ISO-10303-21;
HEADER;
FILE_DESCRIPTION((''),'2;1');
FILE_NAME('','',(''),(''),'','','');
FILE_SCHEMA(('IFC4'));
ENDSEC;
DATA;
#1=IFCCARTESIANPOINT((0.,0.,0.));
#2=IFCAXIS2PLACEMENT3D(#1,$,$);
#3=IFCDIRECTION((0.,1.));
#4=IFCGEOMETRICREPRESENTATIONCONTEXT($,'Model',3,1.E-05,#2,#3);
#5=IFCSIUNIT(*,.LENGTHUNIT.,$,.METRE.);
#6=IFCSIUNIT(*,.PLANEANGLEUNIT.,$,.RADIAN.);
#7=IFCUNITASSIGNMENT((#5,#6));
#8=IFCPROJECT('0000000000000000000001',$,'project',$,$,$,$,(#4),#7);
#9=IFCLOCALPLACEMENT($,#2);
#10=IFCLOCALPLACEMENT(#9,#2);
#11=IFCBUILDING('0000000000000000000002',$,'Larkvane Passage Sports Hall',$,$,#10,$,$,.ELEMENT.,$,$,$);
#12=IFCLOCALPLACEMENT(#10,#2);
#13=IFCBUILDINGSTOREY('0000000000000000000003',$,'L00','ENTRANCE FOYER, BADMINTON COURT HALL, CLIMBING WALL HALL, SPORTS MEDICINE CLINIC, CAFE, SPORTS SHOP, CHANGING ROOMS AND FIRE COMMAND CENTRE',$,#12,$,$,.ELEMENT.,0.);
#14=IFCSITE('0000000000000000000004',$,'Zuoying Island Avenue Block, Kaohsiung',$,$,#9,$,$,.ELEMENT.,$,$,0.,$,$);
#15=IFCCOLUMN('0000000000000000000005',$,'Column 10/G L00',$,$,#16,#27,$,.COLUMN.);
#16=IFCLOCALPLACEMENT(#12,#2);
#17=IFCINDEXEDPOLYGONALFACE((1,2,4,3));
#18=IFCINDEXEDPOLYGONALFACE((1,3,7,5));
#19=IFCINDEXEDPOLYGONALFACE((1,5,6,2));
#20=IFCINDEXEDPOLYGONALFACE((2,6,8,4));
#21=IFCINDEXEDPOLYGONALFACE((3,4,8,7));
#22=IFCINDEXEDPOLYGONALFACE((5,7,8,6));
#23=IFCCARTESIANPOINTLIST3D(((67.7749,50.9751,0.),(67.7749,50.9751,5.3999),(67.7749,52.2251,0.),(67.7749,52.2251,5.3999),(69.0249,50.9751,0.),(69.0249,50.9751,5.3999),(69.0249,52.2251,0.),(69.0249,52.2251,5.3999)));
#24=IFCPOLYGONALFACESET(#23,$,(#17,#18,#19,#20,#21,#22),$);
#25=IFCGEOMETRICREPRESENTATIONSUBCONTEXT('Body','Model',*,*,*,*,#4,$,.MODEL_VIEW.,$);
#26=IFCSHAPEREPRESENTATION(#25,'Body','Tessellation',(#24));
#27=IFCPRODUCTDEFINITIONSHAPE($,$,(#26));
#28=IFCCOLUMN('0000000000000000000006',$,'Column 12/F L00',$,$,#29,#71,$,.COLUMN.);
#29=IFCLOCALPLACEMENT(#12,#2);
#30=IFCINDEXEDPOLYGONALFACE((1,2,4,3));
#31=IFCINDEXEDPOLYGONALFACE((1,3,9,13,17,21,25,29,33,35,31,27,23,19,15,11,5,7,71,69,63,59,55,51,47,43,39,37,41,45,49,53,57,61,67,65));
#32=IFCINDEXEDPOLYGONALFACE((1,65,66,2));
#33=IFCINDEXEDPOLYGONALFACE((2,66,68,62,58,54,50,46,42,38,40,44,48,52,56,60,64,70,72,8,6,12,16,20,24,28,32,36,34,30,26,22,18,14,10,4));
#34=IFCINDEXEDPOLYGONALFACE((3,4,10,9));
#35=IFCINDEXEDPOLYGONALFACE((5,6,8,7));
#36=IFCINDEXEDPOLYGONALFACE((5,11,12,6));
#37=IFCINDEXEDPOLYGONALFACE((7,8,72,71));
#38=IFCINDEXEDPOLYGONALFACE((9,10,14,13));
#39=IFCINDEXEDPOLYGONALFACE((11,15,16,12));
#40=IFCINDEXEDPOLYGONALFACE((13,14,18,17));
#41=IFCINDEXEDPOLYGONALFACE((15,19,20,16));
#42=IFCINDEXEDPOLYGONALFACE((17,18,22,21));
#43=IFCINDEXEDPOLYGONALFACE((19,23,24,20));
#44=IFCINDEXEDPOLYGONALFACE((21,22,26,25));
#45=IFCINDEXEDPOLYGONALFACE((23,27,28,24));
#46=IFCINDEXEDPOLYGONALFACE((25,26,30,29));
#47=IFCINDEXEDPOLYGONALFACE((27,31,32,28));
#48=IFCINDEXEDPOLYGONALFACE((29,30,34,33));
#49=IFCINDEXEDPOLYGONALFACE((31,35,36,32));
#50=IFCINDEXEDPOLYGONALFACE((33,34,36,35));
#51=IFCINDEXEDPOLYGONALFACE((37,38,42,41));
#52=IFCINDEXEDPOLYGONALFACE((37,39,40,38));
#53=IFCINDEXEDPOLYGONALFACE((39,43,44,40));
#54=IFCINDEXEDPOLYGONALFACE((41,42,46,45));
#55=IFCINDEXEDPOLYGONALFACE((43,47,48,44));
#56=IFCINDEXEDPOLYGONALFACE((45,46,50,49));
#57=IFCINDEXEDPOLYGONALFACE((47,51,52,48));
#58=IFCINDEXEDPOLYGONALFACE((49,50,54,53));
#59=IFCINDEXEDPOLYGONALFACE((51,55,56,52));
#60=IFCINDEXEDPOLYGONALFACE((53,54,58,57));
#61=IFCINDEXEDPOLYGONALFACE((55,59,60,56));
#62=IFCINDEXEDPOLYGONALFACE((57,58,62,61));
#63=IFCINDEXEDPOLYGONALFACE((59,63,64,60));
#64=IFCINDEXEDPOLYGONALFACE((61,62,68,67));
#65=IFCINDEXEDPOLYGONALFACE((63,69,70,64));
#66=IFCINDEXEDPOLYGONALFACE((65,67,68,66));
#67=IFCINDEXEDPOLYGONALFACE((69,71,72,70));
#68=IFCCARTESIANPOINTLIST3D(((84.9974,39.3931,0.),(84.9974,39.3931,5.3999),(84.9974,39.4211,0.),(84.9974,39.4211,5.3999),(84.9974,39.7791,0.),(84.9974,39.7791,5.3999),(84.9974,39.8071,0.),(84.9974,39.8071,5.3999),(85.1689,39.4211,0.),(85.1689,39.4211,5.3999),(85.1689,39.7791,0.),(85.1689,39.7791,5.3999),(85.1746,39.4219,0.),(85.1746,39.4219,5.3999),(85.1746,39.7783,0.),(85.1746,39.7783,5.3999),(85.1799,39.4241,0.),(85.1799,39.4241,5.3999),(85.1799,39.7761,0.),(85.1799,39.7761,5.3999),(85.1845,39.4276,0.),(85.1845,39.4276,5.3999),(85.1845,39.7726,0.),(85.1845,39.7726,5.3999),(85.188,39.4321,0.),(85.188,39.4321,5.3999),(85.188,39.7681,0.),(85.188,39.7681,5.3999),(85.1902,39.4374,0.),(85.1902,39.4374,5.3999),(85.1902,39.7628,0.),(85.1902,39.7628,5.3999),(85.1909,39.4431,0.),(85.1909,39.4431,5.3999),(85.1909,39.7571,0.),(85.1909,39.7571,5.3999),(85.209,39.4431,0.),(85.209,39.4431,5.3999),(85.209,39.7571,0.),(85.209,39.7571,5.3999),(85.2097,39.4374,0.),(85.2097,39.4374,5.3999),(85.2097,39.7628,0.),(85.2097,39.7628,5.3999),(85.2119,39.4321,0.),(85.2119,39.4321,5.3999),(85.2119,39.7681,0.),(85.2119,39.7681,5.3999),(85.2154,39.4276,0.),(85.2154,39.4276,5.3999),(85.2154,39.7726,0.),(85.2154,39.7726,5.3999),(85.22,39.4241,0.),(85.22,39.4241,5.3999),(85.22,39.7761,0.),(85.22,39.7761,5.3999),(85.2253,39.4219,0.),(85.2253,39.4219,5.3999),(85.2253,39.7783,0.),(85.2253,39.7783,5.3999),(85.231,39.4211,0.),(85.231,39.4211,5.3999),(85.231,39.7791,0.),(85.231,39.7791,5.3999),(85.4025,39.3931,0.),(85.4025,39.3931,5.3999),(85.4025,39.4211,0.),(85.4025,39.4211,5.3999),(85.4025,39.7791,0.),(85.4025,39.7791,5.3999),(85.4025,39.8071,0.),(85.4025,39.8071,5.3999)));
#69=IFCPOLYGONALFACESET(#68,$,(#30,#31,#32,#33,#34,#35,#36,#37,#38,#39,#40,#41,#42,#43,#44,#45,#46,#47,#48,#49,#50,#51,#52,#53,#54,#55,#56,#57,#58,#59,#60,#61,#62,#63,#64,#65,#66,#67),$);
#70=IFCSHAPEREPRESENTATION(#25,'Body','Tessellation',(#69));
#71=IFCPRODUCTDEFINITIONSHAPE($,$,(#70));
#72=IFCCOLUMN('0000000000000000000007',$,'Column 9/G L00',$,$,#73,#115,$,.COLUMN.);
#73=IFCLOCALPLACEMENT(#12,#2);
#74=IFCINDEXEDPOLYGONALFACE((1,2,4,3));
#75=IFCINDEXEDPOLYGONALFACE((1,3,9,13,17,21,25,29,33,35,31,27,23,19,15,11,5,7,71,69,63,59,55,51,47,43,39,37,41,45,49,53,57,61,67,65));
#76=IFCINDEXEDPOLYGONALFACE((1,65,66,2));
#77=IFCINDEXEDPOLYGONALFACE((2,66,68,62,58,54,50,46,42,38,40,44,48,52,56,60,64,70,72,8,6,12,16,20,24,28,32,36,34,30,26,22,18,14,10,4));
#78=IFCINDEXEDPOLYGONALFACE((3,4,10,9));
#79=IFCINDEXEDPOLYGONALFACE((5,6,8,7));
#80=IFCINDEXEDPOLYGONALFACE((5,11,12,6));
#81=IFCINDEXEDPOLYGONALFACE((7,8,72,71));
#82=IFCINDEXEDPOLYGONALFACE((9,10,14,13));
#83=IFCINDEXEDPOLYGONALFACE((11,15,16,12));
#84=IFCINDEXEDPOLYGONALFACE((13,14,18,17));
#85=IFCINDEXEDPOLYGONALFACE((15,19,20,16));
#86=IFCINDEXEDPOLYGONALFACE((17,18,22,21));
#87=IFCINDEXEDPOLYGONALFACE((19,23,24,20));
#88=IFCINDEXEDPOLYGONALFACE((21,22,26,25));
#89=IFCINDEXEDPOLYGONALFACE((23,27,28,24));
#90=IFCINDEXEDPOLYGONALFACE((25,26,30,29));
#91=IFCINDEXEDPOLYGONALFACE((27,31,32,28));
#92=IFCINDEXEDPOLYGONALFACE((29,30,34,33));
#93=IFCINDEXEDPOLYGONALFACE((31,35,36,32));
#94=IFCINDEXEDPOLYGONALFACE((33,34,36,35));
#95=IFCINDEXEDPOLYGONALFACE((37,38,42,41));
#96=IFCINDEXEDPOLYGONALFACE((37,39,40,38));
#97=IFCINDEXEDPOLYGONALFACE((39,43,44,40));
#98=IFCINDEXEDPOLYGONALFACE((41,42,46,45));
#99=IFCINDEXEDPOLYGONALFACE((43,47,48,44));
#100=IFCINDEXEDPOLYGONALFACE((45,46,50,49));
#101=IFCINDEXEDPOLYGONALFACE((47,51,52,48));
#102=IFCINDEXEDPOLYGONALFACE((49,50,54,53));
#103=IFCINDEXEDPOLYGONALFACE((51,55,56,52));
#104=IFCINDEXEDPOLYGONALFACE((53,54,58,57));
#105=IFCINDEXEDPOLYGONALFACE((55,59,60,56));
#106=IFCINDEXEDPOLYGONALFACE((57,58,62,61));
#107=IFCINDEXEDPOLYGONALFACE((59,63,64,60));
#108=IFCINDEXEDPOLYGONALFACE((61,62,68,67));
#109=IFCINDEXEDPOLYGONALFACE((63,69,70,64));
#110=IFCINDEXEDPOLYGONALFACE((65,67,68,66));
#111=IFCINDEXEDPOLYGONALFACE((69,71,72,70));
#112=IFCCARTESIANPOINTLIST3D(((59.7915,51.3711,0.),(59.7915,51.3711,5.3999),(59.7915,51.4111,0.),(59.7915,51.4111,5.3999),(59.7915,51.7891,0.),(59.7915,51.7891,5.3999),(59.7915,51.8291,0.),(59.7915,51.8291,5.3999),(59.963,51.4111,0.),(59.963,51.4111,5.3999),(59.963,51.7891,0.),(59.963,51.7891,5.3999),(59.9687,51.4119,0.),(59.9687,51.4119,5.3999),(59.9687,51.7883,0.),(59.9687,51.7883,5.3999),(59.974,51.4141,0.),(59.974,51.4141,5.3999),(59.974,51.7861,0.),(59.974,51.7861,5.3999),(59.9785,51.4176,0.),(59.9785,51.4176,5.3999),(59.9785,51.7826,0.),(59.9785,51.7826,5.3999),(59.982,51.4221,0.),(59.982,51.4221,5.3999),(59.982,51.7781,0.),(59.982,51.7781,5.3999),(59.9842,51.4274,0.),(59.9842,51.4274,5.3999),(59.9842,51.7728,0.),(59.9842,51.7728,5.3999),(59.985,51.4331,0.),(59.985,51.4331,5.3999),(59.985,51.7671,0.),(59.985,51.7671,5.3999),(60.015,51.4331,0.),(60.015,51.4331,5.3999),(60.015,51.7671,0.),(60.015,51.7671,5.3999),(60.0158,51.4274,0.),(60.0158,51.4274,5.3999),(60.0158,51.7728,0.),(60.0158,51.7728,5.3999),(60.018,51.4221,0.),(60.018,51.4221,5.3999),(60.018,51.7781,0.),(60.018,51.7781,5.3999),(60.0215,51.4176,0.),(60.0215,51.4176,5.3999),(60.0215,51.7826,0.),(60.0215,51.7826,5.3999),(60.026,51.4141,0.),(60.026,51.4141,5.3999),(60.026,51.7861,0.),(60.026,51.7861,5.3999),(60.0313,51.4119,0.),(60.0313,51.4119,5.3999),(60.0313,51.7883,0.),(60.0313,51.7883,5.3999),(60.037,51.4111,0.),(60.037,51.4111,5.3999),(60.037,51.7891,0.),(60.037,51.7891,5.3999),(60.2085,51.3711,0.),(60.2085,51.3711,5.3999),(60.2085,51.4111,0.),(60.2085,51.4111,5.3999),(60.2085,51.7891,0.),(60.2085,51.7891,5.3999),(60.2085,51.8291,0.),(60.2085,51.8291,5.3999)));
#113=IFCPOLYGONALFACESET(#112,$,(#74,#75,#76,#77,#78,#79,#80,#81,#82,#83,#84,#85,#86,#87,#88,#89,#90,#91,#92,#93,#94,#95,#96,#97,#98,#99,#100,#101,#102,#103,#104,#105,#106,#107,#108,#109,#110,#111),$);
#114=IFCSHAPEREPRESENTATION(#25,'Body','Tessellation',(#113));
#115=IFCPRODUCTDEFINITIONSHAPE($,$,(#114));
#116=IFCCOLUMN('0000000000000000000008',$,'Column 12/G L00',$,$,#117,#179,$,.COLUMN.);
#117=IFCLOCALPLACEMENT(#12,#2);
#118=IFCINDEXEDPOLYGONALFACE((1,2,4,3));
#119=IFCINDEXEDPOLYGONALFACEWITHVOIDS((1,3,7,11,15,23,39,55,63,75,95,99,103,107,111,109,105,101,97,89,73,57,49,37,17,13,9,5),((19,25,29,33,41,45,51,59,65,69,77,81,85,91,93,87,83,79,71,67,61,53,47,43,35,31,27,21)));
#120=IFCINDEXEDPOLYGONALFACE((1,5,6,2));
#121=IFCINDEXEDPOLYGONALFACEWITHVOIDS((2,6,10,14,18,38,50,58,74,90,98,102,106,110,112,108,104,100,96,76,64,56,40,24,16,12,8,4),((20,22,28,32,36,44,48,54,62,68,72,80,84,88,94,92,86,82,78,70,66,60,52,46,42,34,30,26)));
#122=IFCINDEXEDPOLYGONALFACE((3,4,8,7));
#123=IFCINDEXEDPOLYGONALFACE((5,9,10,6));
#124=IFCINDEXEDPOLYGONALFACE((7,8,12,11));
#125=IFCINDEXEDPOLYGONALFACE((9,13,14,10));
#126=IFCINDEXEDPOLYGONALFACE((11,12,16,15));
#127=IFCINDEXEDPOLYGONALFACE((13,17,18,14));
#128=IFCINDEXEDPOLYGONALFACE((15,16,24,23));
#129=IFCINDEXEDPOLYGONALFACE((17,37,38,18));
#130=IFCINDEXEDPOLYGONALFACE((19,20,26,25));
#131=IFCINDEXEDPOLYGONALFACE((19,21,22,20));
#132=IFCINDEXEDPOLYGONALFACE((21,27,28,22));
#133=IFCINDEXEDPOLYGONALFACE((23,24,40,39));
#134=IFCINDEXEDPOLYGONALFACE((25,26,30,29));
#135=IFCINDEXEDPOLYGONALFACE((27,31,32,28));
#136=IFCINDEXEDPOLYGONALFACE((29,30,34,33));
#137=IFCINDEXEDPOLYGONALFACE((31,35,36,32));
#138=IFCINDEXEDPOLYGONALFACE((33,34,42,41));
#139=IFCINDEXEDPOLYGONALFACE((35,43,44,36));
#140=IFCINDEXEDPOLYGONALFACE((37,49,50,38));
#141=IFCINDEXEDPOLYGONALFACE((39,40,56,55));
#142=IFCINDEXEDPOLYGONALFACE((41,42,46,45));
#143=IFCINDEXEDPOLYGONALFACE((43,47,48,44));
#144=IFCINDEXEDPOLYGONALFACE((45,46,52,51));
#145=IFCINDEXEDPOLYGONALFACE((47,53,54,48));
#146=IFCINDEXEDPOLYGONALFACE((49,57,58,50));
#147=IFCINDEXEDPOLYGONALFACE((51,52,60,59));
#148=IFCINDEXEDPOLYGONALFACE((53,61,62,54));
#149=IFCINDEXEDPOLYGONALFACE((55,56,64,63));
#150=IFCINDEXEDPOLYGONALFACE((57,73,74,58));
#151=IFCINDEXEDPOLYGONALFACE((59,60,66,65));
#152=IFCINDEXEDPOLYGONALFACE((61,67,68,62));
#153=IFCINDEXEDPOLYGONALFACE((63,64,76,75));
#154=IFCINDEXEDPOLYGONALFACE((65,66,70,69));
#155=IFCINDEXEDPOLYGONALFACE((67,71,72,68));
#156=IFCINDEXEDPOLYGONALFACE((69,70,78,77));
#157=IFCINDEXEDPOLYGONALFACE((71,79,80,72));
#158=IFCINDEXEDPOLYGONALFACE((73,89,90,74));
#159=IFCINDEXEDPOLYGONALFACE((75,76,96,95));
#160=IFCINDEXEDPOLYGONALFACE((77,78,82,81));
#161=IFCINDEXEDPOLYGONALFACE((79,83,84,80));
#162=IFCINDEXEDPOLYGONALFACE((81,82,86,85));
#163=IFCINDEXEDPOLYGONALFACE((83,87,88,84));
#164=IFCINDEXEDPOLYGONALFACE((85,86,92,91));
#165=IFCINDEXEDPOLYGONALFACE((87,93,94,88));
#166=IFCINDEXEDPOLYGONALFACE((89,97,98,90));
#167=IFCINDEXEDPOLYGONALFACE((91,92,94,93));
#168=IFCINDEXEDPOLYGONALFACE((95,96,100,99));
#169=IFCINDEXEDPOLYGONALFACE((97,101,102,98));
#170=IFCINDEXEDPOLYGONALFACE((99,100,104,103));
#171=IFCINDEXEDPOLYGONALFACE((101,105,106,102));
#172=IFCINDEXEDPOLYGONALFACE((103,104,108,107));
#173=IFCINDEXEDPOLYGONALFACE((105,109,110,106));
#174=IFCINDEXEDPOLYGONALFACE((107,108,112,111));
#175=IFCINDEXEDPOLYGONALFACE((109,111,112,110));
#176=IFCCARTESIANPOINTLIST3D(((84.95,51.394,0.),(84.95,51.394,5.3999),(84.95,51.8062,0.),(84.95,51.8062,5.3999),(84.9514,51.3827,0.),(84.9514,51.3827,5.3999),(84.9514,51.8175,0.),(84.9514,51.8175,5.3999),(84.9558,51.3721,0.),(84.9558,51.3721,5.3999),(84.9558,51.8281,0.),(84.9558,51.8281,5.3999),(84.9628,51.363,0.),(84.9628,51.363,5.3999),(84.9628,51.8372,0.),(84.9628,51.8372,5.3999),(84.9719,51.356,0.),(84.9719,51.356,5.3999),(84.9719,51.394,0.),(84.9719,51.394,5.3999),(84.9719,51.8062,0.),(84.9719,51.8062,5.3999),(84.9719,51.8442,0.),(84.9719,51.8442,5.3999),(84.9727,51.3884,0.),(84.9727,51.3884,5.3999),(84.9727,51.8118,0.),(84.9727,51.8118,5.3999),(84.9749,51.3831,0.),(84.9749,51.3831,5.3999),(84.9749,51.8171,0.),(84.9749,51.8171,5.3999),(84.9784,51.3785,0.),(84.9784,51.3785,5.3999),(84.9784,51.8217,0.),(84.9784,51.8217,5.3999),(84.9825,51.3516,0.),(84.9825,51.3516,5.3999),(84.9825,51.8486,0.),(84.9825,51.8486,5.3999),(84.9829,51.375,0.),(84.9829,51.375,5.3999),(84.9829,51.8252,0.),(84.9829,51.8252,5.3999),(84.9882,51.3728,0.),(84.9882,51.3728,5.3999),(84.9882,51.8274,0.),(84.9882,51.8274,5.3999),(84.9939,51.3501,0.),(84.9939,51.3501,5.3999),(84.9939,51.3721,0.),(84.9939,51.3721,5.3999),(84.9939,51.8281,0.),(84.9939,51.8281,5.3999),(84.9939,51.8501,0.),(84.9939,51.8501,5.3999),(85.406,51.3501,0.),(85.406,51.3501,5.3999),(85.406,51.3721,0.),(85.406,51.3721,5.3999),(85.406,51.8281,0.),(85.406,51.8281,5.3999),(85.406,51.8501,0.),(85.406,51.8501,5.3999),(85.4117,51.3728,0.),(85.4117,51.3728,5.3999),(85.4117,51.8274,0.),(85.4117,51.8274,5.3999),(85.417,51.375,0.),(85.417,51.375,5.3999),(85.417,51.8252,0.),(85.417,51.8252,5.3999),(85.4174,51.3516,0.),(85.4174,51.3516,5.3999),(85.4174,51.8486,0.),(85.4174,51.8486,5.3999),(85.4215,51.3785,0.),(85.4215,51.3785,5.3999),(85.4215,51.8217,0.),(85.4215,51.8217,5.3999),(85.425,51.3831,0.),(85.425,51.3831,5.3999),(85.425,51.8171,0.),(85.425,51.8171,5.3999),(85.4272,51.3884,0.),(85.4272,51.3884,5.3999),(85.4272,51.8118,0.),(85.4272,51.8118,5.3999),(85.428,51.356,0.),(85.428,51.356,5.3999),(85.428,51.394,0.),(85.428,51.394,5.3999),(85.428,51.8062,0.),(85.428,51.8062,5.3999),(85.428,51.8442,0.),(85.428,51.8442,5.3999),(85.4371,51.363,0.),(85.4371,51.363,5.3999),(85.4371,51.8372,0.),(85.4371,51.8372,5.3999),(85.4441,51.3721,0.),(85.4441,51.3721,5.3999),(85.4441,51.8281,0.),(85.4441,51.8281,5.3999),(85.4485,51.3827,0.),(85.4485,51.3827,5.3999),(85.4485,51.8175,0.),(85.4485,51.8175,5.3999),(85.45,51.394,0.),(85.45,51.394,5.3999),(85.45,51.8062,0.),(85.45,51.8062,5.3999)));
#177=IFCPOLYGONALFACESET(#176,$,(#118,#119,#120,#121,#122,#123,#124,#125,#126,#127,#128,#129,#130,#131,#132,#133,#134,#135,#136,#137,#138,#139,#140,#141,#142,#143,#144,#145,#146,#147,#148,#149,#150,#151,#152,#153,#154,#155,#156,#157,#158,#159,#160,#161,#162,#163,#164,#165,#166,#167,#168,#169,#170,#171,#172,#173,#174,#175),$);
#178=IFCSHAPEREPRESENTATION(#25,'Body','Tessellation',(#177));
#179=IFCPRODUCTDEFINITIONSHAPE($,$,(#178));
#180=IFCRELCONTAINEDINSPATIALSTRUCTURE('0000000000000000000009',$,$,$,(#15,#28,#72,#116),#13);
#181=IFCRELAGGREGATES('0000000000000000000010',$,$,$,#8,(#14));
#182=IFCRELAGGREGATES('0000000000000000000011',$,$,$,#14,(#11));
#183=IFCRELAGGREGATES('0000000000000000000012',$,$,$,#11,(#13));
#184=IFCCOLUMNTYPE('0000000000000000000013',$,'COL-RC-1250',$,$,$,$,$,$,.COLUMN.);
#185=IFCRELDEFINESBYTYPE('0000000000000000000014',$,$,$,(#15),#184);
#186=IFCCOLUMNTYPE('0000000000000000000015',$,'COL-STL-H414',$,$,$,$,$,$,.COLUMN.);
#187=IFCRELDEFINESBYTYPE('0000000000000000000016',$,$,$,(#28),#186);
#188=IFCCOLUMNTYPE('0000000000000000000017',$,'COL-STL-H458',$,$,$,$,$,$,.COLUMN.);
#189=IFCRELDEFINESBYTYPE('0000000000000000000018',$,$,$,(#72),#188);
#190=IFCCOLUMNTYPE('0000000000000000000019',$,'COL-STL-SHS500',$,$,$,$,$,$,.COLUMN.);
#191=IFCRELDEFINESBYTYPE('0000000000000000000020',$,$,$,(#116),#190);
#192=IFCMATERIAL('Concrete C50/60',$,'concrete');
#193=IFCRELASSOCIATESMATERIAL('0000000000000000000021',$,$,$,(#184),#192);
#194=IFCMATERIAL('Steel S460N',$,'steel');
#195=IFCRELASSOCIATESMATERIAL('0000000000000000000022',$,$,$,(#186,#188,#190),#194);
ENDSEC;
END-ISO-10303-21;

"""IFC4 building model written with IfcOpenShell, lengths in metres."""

from ifc_helpers import new_model, si_unit, direction, frame, origin, origin_2d, place, context, subcontext, project, spatial, rectangle, hollow_rectangle, i_section, extrude, material, material_profile, profile_set, type_object, element, save


model = new_model("IFC4")

# Units and contexts
model_context = context("Model", 3, precision=1e-05, world=origin(), true_north=direction((0.0, 1.0)))
body_context = subcontext(model_context, "Body", "Model", "MODEL_VIEW")
ifc_project = project(units=[si_unit("LENGTHUNIT", "METRE"), si_unit("PLANEANGLEUNIT", "RADIAN")], contexts=[model_context])

# Site, building, storey
site_placement = place(None, origin())
site = spatial("IfcSite", under=ifc_project, at=site_placement, Name="Zuoying Island Avenue Block, Kaohsiung", CompositionType="ELEMENT", RefElevation=0.0)
building_placement = place(site_placement, origin())
building = spatial("IfcBuilding", under=site, at=building_placement, Name="Larkvane Passage Sports Hall", CompositionType="ELEMENT")
storey_placement = place(building_placement, origin())
storey = spatial("IfcBuildingStorey", under=building, at=storey_placement, Name="L00", Description="ENTRANCE FOYER, BADMINTON COURT HALL, CLIMBING WALL HALL, SPORTS MEDICINE CLINIC, CAFE, SPORTS SHOP, CHANGING ROOMS AND FIRE COMMAND CENTRE", CompositionType="ELEMENT", Elevation=0.0)

# Columns
ifc_material_1 = material(Name="Concrete C50/60", Category="concrete")
ifc_material_profile_1 = material_profile(ifc_material_1, rectangle(XDim=1.25, YDim=1.25, at=origin_2d()), Name="RC-COL-1250x1250")
ifc_profile_set_1 = profile_set([ifc_material_profile_1], Name="Concrete C50/60")
column_type_1 = type_object("IfcColumnType", Name="COL-RC-1250", PredefinedType="COLUMN", material=ifc_profile_set_1)
column_1_placement = place(storey_placement, frame((68.3999, 51.6001, 0.0), z_axis=(0.0, 0.0, 1.0), x_axis=(1.0, 0.0, 0.0)))
element("IfcColumn", 1, at=column_1_placement, inside=storey, type_object=column_type_1, Name="Column 10/G L00", PredefinedType="COLUMN", context=body_context, shape_type="SweptSolid", body=[
    extrude(rectangle(XDim=1.25, YDim=1.25, at=origin_2d()), origin(), (0.0, 0.0, 1.0), 5.3999),
])
ifc_material_2 = material(Name="Steel S460N", Category="steel")
ifc_material_profile_2 = material_profile(ifc_material_2, i_section(OverallWidth=0.405, OverallDepth=0.4141, WebThickness=0.0181, FlangeThickness=0.0281, FilletRadius=0.022, at=origin_2d()), Name="H-414x405x18x28")
ifc_profile_set_2 = profile_set([ifc_material_profile_2], Name="Steel S460N")
column_type_2 = type_object("IfcColumnType", Name="COL-STL-H414", PredefinedType="COLUMN", material=ifc_profile_set_2)
column_2_placement = place(storey_placement, frame((85.2, 39.6001, 0.0), z_axis=(0.0, 0.0, 1.0), x_axis=(1.0, 0.0, 0.0)))
element("IfcColumn", 2, at=column_2_placement, inside=storey, type_object=column_type_2, Name="Column 12/F L00", PredefinedType="COLUMN", context=body_context, shape_type="SweptSolid", body=[
    extrude(i_section(OverallWidth=0.405, OverallDepth=0.4141, WebThickness=0.0181, FlangeThickness=0.0281, FilletRadius=0.022, at=origin_2d()), origin(), (0.0, 0.0, 1.0), 5.3999),
])
ifc_material_profile_3 = material_profile(ifc_material_2, i_section(OverallWidth=0.417, OverallDepth=0.458, WebThickness=0.03, FlangeThickness=0.04, FilletRadius=0.022, at=origin_2d()), Name="H-458x417x30x40")
ifc_profile_set_3 = profile_set([ifc_material_profile_3], Name="Steel S460N")
column_type_3 = type_object("IfcColumnType", Name="COL-STL-H458", PredefinedType="COLUMN", material=ifc_profile_set_3)
column_3_placement = place(storey_placement, frame((60.0, 51.6001, 0.0), z_axis=(0.0, 0.0, 1.0), x_axis=(1.0, 0.0, 0.0)))
element("IfcColumn", 3, at=column_3_placement, inside=storey, type_object=column_type_3, Name="Column 9/G L00", PredefinedType="COLUMN", context=body_context, shape_type="SweptSolid", body=[
    extrude(i_section(OverallWidth=0.417, OverallDepth=0.458, WebThickness=0.03, FlangeThickness=0.04, FilletRadius=0.022, at=origin_2d()), origin(), (0.0, 0.0, 1.0), 5.3999),
])
ifc_material_profile_4 = material_profile(ifc_material_2, hollow_rectangle(XDim=0.5, YDim=0.5, WallThickness=0.022, InnerFilletRadius=0.022, OuterFilletRadius=0.0439, at=origin_2d()), Name="SHS-500x500x22")
ifc_profile_set_4 = profile_set([ifc_material_profile_4], Name="Steel S460N")
column_type_4 = type_object("IfcColumnType", Name="COL-STL-SHS500", PredefinedType="COLUMN", material=ifc_profile_set_4)
column_4_placement = place(storey_placement, frame((85.2, 51.6001, 0.0), z_axis=(0.0, 0.0, 1.0), x_axis=(1.0, 0.0, 0.0)))
element("IfcColumn", 4, at=column_4_placement, inside=storey, type_object=column_type_4, Name="Column 12/G L00", PredefinedType="COLUMN", context=body_context, shape_type="SweptSolid", body=[
    extrude(hollow_rectangle(XDim=0.5, YDim=0.5, WallThickness=0.022, InnerFilletRadius=0.022, OuterFilletRadius=0.0439, at=origin_2d()), origin(), (0.0, 0.0, 1.0), 5.3999),
])

save(model, "model.ifc")
